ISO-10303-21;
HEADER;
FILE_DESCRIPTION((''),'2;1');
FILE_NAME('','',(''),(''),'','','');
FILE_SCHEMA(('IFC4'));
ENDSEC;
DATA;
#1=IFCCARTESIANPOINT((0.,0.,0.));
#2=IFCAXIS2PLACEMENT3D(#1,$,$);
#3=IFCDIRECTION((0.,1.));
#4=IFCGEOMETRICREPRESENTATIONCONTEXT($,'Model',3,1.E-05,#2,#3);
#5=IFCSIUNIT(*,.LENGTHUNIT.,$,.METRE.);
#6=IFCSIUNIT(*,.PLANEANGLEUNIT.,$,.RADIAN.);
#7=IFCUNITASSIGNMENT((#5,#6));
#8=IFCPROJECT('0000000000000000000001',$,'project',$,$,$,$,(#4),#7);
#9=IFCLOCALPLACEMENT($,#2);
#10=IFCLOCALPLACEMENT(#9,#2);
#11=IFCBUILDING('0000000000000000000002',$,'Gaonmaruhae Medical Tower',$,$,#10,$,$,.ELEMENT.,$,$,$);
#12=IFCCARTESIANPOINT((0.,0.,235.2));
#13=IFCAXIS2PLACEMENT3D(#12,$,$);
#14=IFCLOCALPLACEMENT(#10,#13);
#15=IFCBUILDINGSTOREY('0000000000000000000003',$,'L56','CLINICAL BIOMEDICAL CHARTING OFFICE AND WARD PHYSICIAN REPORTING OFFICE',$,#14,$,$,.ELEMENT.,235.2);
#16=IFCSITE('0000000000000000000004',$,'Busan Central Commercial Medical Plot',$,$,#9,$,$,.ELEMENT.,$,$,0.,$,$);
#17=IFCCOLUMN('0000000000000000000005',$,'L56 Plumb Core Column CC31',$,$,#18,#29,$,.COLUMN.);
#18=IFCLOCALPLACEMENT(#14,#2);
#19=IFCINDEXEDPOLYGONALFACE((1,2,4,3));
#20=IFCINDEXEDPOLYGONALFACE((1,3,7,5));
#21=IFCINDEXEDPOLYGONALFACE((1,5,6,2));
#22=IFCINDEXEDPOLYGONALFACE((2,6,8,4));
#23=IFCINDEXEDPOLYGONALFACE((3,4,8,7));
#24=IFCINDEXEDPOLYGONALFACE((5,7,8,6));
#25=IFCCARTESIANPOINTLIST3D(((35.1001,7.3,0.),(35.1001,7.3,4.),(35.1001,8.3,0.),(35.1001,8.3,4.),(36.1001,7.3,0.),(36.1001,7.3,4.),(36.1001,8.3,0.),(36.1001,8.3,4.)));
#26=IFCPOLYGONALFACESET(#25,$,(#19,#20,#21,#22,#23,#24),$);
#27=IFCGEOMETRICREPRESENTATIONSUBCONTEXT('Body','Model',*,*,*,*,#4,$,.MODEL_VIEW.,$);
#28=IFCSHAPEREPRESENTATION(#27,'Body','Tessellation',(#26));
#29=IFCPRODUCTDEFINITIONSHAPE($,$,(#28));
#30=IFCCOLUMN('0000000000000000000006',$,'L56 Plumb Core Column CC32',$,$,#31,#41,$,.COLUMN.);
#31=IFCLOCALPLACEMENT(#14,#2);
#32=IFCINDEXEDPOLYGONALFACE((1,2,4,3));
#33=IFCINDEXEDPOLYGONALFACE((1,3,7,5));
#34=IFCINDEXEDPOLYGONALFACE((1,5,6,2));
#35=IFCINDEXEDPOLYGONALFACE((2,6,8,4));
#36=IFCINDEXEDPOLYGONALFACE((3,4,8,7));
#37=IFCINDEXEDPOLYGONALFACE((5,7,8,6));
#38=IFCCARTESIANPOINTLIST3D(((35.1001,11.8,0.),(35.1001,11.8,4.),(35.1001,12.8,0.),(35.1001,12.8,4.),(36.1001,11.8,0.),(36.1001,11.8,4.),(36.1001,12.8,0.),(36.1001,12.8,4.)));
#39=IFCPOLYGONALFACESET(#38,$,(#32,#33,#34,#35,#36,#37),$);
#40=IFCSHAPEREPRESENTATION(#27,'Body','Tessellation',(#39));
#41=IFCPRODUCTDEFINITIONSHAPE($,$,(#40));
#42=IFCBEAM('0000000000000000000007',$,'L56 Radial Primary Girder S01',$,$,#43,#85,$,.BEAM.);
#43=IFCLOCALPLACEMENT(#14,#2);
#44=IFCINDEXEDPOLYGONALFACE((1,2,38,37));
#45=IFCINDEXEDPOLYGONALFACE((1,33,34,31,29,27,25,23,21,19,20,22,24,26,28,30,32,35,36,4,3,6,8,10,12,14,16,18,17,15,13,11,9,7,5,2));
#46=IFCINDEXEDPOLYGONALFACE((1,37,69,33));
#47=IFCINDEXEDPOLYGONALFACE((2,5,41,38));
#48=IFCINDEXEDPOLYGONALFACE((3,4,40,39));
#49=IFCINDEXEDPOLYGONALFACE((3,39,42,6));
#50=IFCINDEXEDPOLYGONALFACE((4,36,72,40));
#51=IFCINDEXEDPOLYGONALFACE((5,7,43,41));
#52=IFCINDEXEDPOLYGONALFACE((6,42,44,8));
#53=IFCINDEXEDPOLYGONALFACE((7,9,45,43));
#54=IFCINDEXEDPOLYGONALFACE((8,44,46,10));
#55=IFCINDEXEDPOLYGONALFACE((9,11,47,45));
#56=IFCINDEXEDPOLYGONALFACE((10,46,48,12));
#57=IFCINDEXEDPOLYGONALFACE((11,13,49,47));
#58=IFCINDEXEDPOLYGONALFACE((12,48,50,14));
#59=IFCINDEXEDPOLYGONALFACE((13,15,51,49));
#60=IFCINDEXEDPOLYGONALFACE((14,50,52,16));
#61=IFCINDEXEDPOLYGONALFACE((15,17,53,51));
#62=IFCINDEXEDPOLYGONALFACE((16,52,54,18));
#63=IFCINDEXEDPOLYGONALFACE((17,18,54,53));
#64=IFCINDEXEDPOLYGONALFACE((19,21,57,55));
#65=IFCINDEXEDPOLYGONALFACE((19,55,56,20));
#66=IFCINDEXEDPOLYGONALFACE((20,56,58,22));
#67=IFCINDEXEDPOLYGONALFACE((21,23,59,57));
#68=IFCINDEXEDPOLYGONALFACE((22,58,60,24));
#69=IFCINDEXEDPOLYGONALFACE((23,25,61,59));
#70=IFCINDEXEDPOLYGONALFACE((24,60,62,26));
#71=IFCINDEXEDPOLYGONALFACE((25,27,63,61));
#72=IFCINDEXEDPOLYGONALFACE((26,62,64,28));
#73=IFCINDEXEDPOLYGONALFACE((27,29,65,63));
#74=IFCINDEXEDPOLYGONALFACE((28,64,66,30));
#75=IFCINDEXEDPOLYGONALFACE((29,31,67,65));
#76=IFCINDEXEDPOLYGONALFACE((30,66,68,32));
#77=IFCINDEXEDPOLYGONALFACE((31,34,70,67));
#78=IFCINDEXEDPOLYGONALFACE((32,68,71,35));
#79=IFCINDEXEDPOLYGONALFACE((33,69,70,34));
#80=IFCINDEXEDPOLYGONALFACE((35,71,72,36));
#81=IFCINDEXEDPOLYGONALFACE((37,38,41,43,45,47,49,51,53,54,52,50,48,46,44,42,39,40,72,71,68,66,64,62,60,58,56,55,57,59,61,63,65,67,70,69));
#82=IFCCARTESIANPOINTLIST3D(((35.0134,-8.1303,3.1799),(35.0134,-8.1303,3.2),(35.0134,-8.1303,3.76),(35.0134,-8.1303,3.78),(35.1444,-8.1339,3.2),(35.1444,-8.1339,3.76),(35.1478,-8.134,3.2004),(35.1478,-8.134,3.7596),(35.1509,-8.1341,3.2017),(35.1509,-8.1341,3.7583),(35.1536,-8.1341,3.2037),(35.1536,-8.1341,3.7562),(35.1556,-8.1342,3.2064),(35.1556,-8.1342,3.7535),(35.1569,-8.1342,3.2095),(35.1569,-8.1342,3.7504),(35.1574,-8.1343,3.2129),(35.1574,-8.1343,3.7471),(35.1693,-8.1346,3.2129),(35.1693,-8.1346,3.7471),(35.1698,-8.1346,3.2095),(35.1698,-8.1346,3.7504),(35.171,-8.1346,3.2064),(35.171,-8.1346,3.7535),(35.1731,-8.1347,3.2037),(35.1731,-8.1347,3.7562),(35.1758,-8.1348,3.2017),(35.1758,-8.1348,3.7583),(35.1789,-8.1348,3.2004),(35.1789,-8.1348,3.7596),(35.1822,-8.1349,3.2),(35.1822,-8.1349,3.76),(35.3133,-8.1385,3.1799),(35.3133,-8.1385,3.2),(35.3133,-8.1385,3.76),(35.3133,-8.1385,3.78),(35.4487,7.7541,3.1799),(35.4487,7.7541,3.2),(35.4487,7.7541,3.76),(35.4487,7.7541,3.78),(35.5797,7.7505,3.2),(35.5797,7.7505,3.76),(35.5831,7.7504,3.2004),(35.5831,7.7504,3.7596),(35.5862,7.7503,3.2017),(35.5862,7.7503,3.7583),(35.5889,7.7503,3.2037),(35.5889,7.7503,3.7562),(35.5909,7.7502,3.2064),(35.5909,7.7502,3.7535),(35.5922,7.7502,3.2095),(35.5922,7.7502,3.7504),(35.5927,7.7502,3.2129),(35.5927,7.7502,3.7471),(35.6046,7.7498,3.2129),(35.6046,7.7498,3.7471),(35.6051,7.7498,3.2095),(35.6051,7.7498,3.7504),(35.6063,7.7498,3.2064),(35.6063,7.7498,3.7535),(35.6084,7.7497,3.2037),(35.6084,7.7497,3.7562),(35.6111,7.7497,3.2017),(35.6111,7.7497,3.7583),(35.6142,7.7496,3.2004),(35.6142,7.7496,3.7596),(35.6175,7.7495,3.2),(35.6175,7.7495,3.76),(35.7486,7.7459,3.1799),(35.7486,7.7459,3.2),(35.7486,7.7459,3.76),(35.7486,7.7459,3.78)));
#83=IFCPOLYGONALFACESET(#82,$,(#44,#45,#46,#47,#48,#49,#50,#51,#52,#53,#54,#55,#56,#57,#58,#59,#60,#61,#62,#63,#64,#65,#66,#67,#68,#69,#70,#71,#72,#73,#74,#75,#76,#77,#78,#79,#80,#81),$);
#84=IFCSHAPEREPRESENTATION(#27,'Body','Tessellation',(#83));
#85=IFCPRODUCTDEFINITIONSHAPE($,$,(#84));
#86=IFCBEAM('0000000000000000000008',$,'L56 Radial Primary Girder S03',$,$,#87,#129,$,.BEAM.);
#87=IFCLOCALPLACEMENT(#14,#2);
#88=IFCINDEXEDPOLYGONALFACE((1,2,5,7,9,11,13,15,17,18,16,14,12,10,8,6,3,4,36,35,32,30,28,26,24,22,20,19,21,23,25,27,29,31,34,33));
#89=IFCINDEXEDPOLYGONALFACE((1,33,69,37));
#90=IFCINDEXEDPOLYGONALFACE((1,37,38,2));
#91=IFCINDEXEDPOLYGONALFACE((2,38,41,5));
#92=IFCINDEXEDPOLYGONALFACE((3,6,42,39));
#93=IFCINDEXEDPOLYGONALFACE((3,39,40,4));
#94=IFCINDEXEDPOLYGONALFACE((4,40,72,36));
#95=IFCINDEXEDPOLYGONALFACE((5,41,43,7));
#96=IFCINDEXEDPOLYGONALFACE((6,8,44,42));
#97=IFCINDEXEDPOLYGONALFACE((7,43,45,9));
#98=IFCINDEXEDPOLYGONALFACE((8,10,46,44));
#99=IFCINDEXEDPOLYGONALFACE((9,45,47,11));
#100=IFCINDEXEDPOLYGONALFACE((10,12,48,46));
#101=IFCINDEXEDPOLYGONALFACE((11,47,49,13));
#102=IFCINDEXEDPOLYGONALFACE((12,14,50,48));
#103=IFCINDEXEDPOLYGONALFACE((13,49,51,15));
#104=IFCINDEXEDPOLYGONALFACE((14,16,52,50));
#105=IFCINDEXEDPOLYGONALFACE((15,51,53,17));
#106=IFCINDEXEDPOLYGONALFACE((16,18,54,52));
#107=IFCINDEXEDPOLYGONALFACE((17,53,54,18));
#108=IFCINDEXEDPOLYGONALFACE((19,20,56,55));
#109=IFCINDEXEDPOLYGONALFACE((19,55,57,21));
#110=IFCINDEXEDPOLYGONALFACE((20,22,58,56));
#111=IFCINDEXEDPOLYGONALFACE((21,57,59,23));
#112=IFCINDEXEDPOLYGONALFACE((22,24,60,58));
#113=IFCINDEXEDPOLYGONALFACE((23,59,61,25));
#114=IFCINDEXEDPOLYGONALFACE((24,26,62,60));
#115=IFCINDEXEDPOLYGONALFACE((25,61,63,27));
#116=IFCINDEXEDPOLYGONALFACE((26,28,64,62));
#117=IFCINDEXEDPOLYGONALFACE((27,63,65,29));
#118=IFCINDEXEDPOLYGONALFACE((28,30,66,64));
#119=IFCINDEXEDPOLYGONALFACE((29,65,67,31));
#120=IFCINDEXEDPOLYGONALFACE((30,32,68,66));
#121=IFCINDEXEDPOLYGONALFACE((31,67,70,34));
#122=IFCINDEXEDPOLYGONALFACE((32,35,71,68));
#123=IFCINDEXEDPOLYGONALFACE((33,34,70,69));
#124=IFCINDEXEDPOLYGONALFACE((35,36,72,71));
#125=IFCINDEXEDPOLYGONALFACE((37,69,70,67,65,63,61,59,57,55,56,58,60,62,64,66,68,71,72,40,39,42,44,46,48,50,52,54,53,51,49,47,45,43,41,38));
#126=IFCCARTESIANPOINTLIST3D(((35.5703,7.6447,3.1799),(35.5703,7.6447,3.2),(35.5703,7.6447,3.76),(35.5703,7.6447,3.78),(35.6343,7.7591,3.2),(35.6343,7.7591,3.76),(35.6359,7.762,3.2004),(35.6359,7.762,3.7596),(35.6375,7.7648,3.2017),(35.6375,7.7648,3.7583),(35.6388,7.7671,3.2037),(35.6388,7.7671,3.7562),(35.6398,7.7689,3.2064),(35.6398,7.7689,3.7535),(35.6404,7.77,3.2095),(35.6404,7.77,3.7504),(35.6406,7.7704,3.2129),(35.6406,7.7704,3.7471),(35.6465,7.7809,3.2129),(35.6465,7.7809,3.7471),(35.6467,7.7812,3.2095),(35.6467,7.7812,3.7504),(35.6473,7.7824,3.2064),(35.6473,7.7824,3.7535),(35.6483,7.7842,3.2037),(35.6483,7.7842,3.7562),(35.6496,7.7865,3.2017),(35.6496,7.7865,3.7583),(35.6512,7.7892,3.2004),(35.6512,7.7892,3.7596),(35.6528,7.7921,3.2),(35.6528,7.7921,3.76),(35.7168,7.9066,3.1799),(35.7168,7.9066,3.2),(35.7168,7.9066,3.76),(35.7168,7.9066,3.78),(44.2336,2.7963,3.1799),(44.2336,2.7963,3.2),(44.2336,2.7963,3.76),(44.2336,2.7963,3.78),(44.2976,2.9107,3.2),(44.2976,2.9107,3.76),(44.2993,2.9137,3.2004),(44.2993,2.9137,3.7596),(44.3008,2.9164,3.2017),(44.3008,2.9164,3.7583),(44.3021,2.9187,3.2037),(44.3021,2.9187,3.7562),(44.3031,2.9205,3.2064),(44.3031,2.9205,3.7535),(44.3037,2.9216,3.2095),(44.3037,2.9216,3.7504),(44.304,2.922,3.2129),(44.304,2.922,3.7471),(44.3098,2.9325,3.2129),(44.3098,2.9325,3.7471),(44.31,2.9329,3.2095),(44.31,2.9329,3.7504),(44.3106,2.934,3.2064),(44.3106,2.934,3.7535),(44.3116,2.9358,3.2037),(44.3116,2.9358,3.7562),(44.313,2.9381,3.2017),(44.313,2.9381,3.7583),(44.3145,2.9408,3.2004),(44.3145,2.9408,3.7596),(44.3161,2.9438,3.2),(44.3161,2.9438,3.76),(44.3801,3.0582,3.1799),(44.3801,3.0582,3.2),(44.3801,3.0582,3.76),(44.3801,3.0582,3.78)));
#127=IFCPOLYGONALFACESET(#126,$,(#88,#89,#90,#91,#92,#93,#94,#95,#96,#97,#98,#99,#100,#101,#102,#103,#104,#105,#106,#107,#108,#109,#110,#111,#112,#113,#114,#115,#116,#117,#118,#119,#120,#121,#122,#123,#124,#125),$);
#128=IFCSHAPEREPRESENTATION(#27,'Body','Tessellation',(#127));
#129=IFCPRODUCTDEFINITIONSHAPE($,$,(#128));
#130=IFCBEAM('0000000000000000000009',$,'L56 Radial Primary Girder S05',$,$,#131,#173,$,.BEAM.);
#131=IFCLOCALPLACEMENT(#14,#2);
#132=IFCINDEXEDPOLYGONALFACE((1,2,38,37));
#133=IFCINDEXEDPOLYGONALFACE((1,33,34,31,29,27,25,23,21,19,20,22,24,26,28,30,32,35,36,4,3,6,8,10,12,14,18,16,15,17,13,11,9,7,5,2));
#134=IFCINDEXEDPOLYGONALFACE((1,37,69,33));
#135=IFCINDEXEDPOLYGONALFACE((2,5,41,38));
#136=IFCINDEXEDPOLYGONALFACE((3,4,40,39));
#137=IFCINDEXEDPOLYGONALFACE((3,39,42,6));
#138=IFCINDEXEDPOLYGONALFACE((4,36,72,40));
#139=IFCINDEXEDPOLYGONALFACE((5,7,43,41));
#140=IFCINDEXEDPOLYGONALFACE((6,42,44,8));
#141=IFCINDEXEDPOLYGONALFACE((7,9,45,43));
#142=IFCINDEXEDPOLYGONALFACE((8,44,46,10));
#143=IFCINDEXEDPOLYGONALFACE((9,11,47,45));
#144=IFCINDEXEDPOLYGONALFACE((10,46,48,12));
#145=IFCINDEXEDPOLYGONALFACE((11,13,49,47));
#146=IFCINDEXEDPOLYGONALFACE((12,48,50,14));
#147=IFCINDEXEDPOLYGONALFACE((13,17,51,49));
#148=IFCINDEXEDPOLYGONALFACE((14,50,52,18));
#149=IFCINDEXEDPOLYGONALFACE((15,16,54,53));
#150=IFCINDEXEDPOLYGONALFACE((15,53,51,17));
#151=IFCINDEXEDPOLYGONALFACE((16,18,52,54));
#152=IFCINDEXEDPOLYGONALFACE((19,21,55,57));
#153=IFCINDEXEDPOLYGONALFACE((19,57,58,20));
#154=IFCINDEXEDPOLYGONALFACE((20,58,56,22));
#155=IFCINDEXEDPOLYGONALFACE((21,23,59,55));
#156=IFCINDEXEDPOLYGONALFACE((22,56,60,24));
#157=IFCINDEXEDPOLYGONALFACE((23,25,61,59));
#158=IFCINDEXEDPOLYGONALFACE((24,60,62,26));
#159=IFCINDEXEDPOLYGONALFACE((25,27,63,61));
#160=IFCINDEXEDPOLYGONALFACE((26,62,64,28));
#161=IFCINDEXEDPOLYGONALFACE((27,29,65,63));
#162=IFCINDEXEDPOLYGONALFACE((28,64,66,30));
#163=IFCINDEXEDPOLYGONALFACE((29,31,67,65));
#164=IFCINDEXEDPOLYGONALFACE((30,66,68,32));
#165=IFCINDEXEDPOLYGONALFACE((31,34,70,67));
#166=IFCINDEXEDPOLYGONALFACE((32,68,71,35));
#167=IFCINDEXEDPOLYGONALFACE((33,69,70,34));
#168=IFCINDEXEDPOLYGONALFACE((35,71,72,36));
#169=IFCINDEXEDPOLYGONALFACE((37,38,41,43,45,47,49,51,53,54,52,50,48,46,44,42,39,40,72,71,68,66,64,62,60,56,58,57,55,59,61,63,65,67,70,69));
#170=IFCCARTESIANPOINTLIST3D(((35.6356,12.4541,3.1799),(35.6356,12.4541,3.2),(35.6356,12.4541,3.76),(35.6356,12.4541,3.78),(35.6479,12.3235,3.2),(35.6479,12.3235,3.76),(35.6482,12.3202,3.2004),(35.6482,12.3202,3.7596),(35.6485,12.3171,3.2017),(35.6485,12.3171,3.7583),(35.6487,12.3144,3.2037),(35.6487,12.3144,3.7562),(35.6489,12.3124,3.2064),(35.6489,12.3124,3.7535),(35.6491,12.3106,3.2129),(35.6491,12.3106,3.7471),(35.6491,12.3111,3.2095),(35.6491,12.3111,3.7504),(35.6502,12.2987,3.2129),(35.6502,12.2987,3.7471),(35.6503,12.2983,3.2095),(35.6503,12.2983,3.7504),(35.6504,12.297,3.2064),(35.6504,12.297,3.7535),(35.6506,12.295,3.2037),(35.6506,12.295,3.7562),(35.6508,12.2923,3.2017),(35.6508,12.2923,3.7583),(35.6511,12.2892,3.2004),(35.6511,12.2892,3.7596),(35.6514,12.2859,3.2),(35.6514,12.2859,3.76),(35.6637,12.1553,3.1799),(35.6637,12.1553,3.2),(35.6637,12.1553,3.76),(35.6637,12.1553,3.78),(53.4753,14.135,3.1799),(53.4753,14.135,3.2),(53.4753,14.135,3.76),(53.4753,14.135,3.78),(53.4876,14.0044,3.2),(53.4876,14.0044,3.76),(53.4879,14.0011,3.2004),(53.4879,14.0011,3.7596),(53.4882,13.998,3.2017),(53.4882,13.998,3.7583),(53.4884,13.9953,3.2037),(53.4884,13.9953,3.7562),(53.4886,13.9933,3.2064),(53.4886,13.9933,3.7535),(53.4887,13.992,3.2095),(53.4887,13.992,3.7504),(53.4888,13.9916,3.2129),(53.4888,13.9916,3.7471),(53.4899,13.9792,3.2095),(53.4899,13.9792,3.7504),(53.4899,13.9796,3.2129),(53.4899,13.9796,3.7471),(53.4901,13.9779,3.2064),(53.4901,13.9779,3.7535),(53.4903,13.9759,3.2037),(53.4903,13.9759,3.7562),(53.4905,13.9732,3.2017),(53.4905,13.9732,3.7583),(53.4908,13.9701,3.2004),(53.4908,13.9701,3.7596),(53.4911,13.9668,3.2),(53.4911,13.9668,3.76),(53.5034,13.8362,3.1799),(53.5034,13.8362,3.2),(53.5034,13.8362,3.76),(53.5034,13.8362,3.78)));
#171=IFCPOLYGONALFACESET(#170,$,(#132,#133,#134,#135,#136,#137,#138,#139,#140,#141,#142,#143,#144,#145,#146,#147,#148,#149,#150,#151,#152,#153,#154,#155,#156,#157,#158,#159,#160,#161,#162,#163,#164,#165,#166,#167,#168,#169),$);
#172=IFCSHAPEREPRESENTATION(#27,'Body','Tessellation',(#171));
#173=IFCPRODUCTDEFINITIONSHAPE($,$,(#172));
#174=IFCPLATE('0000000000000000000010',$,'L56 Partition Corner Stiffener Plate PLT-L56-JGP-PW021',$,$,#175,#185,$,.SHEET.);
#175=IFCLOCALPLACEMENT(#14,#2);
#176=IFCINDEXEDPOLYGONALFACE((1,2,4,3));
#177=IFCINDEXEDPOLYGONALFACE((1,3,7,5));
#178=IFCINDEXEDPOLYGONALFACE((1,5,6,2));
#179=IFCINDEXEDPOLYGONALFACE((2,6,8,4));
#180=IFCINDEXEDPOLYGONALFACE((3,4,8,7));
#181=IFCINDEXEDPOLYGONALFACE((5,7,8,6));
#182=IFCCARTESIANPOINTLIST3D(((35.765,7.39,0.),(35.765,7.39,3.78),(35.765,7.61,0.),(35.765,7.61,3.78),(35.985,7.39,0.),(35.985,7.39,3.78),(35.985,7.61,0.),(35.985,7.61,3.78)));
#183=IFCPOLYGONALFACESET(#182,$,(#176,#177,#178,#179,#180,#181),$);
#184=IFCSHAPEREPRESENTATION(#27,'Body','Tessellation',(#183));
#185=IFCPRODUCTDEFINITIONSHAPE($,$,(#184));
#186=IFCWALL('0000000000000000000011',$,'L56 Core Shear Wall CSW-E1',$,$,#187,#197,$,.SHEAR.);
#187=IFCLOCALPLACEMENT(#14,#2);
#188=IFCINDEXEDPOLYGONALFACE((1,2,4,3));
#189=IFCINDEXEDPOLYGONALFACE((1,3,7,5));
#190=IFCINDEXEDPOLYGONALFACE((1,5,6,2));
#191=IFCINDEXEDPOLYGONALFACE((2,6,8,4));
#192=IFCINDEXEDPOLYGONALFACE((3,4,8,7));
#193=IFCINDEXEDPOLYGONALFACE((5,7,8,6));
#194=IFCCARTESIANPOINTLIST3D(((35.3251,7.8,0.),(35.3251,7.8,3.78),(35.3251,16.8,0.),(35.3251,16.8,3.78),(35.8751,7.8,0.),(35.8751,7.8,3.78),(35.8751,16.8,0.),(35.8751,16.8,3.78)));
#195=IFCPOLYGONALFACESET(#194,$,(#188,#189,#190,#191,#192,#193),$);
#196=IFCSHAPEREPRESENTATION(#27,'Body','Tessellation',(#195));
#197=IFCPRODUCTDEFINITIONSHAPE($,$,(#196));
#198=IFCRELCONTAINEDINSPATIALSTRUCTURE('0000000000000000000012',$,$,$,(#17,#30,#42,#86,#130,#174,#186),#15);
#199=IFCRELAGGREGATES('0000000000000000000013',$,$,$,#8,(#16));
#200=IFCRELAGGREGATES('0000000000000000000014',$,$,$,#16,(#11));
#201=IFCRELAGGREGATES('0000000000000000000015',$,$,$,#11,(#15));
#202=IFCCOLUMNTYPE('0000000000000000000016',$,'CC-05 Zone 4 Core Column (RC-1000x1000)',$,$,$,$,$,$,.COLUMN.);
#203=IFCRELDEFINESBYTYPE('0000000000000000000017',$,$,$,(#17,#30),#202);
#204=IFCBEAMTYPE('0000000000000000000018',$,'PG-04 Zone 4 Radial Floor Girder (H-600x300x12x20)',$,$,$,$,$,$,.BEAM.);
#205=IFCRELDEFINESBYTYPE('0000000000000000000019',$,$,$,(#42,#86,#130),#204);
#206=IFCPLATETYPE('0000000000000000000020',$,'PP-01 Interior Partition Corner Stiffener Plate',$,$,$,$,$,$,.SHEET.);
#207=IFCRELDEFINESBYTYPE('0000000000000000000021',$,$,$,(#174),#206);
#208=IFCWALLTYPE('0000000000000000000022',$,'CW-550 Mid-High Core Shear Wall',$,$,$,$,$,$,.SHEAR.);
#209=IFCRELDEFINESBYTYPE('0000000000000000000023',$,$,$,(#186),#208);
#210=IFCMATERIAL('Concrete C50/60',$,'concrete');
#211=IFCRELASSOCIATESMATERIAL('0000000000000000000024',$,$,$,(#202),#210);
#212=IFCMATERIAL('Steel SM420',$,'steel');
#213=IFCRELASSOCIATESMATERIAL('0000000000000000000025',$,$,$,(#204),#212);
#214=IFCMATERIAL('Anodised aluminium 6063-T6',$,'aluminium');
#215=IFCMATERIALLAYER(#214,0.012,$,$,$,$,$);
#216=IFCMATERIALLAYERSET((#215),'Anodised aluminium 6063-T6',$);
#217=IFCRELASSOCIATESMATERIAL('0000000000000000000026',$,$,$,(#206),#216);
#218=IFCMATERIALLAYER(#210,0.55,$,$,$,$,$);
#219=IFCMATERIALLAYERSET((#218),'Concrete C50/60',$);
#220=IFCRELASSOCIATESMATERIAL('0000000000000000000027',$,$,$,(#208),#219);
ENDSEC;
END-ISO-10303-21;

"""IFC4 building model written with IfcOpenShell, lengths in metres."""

from ifc_helpers import new_model, si_unit, direction, frame, frame_2d, origin, origin_2d, place, context, subcontext, project, spatial, rectangle, i_section, extrude, material, layer, layer_set, material_profile, profile_set, type_object, element, save


model = new_model("IFC4")

# Units and contexts
model_context = context("Model", 3, precision=1e-05, world=origin(), true_north=direction((0.0, 1.0)))
body_context = subcontext(model_context, "Body", "Model", "MODEL_VIEW")
ifc_project = project(units=[si_unit("LENGTHUNIT", "METRE"), si_unit("PLANEANGLEUNIT", "RADIAN")], contexts=[model_context])

# Site, building, storey
site_placement = place(None, origin())
site = spatial("IfcSite", under=ifc_project, at=site_placement, Name="Busan Central Commercial Medical Plot", CompositionType="ELEMENT", RefElevation=0.0)
building_placement = place(site_placement, origin())
building = spatial("IfcBuilding", under=site, at=building_placement, Name="Gaonmaruhae Medical Tower", CompositionType="ELEMENT")
storey_placement = place(building_placement, frame((0.0, 0.0, 235.2)))
storey = spatial("IfcBuildingStorey", under=building, at=storey_placement, Name="L56", Description="CLINICAL BIOMEDICAL CHARTING OFFICE AND WARD PHYSICIAN REPORTING OFFICE", CompositionType="ELEMENT", Elevation=235.2)

# Columns
ifc_material_1 = material(Name="Concrete C50/60", Category="concrete")
ifc_material_profile_1 = material_profile(ifc_material_1, rectangle(XDim=1.0, YDim=1.0, at=origin_2d()), Name="RC-1000x1000")
ifc_profile_set_1 = profile_set([ifc_material_profile_1], Name="Concrete C50/60")
column_type = type_object("IfcColumnType", Name="CC-05 Zone 4 Core Column (RC-1000x1000)", PredefinedType="COLUMN", material=ifc_profile_set_1)
for number, where, z_axis, x_axis, name in (
    (1, (35.6001, 7.8, 0.0), (0.0, 0.0, 1.0), (1.0, 0.0, 0.0), "L56 Plumb Core Column CC31"),
    (2, (35.6001, 12.3, 0.0), (0.0, 0.0, 1.0), (1.0, 0.0, 0.0), "L56 Plumb Core Column CC32"),
):
    element("IfcColumn", number, at=place(storey_placement, frame(where, z_axis=z_axis, x_axis=x_axis)), inside=storey, type_object=column_type, Name=name, PredefinedType="COLUMN", context=body_context, shape_type="SweptSolid", body=[
        extrude(rectangle(XDim=1.0, YDim=1.0, at=origin_2d()), origin(), (0.0, 0.0, 1.0), 4.0),
    ])

# Beams
ifc_material_2 = material(Name="Steel SM420", Category="steel")
ifc_material_profile_2 = material_profile(ifc_material_2, i_section(OverallWidth=0.3, OverallDepth=0.6001, WebThickness=0.012, FlangeThickness=0.02, FilletRadius=0.0129, at=origin_2d()), Name="H-600x300x12x20")
ifc_profile_set_2 = profile_set([ifc_material_profile_2], Name="Steel SM420")
beam_type = type_object("IfcBeamType", Name="PG-04 Zone 4 Radial Floor Girder (H-600x300x12x20)", PredefinedType="BEAM", material=ifc_profile_set_2)
beam_1_placement = place(storey_placement, frame((35.5986, 7.75, 3.48), z_axis=(-0.027394, -0.999625, 0.0), x_axis=(0.999625, -0.027394, 0.0)))
element("IfcBeam", 3, at=beam_1_placement, inside=storey, type_object=beam_type, Name="L56 Radial Primary Girder S01", PredefinedType="BEAM", context=body_context, shape_type="SweptSolid", body=[
    extrude(i_section(OverallWidth=0.3, OverallDepth=0.6001, WebThickness=0.012, FlangeThickness=0.02, FilletRadius=0.0129, at=origin_2d()), origin(), (0.0, 0.0, 1.0), 15.8904),
])
beam_2_placement = place(storey_placement, frame((35.6436, 7.7756, 3.48), z_axis=(0.872638, -0.488367, 0.0), x_axis=(0.488367, 0.872638, 0.0)))
element("IfcBeam", 4, at=beam_2_placement, inside=storey, type_object=beam_type, Name="L56 Radial Primary Girder S03", PredefinedType="BEAM", context=body_context, shape_type="SweptSolid", body=[
    extrude(i_section(OverallWidth=0.3, OverallDepth=0.6001, WebThickness=0.012, FlangeThickness=0.02, FilletRadius=0.0129, at=origin_2d()), origin(), (0.0, 0.0, 1.0), 9.9277),
])
beam_3_placement = place(storey_placement, frame((35.6497, 12.3047, 3.48), z_axis=(0.99559, 0.093808, 0.0), x_axis=(-0.093808, 0.99559, 0.0)))
element("IfcBeam", 5, at=beam_3_placement, inside=storey, type_object=beam_type, Name="L56 Radial Primary Girder S05", PredefinedType="BEAM", context=body_context, shape_type="SweptSolid", body=[
    extrude(i_section(OverallWidth=0.3, OverallDepth=0.6001, WebThickness=0.012, FlangeThickness=0.02, FilletRadius=0.0129, at=origin_2d()), origin(), (0.0, 0.0, 1.0), 17.9187),
])

# Plate
ifc_material_3 = material(Name="Anodised aluminium 6063-T6", Category="aluminium")
ifc_layer_1 = layer(ifc_material_3, 0.012)
ifc_layer_set_1 = layer_set([ifc_layer_1], Name="Anodised aluminium 6063-T6")
plate_type = type_object("IfcPlateType", Name="PP-01 Interior Partition Corner Stiffener Plate", PredefinedType="SHEET", material=ifc_layer_set_1)
plate_placement = place(storey_placement, frame((35.875, 7.5, 0.0), z_axis=(0.0, 0.0, 1.0), x_axis=(1.0, 0.0, 0.0)))
element("IfcPlate", 6, at=plate_placement, inside=storey, type_object=plate_type, Name="L56 Partition Corner Stiffener Plate PLT-L56-JGP-PW021", PredefinedType="SHEET", context=body_context, shape_type="SweptSolid", body=[
    extrude(rectangle(XDim=0.22, YDim=0.22, at=origin_2d()), origin(), (0.0, 0.0, 1.0), 3.78),
])

# Wall
ifc_layer_2 = layer(ifc_material_1, 0.55)
ifc_layer_set_2 = layer_set([ifc_layer_2], Name="Concrete C50/60")
wall_type_1 = type_object("IfcWallType", Name="CW-550 Mid-High Core Shear Wall", PredefinedType="SHEAR", material=ifc_layer_set_2)
wall_1_placement = place(storey_placement, frame((35.6001, 7.8, 0.0), z_axis=(0.0, 0.0, 1.0), x_axis=(0.0, 1.0, 0.0)))
element("IfcWall", 7, at=wall_1_placement, inside=storey, type_object=wall_type_1, Name="L56 Core Shear Wall CSW-E1", PredefinedType="SHEAR", context=body_context, shape_type="SweptSolid", body=[
    extrude(rectangle(XDim=9.0, YDim=0.55, at=frame_2d((4.5, 0.0))), origin(), (0.0, 0.0, 1.0), 3.78),
])

save(model, "model.ifc")
